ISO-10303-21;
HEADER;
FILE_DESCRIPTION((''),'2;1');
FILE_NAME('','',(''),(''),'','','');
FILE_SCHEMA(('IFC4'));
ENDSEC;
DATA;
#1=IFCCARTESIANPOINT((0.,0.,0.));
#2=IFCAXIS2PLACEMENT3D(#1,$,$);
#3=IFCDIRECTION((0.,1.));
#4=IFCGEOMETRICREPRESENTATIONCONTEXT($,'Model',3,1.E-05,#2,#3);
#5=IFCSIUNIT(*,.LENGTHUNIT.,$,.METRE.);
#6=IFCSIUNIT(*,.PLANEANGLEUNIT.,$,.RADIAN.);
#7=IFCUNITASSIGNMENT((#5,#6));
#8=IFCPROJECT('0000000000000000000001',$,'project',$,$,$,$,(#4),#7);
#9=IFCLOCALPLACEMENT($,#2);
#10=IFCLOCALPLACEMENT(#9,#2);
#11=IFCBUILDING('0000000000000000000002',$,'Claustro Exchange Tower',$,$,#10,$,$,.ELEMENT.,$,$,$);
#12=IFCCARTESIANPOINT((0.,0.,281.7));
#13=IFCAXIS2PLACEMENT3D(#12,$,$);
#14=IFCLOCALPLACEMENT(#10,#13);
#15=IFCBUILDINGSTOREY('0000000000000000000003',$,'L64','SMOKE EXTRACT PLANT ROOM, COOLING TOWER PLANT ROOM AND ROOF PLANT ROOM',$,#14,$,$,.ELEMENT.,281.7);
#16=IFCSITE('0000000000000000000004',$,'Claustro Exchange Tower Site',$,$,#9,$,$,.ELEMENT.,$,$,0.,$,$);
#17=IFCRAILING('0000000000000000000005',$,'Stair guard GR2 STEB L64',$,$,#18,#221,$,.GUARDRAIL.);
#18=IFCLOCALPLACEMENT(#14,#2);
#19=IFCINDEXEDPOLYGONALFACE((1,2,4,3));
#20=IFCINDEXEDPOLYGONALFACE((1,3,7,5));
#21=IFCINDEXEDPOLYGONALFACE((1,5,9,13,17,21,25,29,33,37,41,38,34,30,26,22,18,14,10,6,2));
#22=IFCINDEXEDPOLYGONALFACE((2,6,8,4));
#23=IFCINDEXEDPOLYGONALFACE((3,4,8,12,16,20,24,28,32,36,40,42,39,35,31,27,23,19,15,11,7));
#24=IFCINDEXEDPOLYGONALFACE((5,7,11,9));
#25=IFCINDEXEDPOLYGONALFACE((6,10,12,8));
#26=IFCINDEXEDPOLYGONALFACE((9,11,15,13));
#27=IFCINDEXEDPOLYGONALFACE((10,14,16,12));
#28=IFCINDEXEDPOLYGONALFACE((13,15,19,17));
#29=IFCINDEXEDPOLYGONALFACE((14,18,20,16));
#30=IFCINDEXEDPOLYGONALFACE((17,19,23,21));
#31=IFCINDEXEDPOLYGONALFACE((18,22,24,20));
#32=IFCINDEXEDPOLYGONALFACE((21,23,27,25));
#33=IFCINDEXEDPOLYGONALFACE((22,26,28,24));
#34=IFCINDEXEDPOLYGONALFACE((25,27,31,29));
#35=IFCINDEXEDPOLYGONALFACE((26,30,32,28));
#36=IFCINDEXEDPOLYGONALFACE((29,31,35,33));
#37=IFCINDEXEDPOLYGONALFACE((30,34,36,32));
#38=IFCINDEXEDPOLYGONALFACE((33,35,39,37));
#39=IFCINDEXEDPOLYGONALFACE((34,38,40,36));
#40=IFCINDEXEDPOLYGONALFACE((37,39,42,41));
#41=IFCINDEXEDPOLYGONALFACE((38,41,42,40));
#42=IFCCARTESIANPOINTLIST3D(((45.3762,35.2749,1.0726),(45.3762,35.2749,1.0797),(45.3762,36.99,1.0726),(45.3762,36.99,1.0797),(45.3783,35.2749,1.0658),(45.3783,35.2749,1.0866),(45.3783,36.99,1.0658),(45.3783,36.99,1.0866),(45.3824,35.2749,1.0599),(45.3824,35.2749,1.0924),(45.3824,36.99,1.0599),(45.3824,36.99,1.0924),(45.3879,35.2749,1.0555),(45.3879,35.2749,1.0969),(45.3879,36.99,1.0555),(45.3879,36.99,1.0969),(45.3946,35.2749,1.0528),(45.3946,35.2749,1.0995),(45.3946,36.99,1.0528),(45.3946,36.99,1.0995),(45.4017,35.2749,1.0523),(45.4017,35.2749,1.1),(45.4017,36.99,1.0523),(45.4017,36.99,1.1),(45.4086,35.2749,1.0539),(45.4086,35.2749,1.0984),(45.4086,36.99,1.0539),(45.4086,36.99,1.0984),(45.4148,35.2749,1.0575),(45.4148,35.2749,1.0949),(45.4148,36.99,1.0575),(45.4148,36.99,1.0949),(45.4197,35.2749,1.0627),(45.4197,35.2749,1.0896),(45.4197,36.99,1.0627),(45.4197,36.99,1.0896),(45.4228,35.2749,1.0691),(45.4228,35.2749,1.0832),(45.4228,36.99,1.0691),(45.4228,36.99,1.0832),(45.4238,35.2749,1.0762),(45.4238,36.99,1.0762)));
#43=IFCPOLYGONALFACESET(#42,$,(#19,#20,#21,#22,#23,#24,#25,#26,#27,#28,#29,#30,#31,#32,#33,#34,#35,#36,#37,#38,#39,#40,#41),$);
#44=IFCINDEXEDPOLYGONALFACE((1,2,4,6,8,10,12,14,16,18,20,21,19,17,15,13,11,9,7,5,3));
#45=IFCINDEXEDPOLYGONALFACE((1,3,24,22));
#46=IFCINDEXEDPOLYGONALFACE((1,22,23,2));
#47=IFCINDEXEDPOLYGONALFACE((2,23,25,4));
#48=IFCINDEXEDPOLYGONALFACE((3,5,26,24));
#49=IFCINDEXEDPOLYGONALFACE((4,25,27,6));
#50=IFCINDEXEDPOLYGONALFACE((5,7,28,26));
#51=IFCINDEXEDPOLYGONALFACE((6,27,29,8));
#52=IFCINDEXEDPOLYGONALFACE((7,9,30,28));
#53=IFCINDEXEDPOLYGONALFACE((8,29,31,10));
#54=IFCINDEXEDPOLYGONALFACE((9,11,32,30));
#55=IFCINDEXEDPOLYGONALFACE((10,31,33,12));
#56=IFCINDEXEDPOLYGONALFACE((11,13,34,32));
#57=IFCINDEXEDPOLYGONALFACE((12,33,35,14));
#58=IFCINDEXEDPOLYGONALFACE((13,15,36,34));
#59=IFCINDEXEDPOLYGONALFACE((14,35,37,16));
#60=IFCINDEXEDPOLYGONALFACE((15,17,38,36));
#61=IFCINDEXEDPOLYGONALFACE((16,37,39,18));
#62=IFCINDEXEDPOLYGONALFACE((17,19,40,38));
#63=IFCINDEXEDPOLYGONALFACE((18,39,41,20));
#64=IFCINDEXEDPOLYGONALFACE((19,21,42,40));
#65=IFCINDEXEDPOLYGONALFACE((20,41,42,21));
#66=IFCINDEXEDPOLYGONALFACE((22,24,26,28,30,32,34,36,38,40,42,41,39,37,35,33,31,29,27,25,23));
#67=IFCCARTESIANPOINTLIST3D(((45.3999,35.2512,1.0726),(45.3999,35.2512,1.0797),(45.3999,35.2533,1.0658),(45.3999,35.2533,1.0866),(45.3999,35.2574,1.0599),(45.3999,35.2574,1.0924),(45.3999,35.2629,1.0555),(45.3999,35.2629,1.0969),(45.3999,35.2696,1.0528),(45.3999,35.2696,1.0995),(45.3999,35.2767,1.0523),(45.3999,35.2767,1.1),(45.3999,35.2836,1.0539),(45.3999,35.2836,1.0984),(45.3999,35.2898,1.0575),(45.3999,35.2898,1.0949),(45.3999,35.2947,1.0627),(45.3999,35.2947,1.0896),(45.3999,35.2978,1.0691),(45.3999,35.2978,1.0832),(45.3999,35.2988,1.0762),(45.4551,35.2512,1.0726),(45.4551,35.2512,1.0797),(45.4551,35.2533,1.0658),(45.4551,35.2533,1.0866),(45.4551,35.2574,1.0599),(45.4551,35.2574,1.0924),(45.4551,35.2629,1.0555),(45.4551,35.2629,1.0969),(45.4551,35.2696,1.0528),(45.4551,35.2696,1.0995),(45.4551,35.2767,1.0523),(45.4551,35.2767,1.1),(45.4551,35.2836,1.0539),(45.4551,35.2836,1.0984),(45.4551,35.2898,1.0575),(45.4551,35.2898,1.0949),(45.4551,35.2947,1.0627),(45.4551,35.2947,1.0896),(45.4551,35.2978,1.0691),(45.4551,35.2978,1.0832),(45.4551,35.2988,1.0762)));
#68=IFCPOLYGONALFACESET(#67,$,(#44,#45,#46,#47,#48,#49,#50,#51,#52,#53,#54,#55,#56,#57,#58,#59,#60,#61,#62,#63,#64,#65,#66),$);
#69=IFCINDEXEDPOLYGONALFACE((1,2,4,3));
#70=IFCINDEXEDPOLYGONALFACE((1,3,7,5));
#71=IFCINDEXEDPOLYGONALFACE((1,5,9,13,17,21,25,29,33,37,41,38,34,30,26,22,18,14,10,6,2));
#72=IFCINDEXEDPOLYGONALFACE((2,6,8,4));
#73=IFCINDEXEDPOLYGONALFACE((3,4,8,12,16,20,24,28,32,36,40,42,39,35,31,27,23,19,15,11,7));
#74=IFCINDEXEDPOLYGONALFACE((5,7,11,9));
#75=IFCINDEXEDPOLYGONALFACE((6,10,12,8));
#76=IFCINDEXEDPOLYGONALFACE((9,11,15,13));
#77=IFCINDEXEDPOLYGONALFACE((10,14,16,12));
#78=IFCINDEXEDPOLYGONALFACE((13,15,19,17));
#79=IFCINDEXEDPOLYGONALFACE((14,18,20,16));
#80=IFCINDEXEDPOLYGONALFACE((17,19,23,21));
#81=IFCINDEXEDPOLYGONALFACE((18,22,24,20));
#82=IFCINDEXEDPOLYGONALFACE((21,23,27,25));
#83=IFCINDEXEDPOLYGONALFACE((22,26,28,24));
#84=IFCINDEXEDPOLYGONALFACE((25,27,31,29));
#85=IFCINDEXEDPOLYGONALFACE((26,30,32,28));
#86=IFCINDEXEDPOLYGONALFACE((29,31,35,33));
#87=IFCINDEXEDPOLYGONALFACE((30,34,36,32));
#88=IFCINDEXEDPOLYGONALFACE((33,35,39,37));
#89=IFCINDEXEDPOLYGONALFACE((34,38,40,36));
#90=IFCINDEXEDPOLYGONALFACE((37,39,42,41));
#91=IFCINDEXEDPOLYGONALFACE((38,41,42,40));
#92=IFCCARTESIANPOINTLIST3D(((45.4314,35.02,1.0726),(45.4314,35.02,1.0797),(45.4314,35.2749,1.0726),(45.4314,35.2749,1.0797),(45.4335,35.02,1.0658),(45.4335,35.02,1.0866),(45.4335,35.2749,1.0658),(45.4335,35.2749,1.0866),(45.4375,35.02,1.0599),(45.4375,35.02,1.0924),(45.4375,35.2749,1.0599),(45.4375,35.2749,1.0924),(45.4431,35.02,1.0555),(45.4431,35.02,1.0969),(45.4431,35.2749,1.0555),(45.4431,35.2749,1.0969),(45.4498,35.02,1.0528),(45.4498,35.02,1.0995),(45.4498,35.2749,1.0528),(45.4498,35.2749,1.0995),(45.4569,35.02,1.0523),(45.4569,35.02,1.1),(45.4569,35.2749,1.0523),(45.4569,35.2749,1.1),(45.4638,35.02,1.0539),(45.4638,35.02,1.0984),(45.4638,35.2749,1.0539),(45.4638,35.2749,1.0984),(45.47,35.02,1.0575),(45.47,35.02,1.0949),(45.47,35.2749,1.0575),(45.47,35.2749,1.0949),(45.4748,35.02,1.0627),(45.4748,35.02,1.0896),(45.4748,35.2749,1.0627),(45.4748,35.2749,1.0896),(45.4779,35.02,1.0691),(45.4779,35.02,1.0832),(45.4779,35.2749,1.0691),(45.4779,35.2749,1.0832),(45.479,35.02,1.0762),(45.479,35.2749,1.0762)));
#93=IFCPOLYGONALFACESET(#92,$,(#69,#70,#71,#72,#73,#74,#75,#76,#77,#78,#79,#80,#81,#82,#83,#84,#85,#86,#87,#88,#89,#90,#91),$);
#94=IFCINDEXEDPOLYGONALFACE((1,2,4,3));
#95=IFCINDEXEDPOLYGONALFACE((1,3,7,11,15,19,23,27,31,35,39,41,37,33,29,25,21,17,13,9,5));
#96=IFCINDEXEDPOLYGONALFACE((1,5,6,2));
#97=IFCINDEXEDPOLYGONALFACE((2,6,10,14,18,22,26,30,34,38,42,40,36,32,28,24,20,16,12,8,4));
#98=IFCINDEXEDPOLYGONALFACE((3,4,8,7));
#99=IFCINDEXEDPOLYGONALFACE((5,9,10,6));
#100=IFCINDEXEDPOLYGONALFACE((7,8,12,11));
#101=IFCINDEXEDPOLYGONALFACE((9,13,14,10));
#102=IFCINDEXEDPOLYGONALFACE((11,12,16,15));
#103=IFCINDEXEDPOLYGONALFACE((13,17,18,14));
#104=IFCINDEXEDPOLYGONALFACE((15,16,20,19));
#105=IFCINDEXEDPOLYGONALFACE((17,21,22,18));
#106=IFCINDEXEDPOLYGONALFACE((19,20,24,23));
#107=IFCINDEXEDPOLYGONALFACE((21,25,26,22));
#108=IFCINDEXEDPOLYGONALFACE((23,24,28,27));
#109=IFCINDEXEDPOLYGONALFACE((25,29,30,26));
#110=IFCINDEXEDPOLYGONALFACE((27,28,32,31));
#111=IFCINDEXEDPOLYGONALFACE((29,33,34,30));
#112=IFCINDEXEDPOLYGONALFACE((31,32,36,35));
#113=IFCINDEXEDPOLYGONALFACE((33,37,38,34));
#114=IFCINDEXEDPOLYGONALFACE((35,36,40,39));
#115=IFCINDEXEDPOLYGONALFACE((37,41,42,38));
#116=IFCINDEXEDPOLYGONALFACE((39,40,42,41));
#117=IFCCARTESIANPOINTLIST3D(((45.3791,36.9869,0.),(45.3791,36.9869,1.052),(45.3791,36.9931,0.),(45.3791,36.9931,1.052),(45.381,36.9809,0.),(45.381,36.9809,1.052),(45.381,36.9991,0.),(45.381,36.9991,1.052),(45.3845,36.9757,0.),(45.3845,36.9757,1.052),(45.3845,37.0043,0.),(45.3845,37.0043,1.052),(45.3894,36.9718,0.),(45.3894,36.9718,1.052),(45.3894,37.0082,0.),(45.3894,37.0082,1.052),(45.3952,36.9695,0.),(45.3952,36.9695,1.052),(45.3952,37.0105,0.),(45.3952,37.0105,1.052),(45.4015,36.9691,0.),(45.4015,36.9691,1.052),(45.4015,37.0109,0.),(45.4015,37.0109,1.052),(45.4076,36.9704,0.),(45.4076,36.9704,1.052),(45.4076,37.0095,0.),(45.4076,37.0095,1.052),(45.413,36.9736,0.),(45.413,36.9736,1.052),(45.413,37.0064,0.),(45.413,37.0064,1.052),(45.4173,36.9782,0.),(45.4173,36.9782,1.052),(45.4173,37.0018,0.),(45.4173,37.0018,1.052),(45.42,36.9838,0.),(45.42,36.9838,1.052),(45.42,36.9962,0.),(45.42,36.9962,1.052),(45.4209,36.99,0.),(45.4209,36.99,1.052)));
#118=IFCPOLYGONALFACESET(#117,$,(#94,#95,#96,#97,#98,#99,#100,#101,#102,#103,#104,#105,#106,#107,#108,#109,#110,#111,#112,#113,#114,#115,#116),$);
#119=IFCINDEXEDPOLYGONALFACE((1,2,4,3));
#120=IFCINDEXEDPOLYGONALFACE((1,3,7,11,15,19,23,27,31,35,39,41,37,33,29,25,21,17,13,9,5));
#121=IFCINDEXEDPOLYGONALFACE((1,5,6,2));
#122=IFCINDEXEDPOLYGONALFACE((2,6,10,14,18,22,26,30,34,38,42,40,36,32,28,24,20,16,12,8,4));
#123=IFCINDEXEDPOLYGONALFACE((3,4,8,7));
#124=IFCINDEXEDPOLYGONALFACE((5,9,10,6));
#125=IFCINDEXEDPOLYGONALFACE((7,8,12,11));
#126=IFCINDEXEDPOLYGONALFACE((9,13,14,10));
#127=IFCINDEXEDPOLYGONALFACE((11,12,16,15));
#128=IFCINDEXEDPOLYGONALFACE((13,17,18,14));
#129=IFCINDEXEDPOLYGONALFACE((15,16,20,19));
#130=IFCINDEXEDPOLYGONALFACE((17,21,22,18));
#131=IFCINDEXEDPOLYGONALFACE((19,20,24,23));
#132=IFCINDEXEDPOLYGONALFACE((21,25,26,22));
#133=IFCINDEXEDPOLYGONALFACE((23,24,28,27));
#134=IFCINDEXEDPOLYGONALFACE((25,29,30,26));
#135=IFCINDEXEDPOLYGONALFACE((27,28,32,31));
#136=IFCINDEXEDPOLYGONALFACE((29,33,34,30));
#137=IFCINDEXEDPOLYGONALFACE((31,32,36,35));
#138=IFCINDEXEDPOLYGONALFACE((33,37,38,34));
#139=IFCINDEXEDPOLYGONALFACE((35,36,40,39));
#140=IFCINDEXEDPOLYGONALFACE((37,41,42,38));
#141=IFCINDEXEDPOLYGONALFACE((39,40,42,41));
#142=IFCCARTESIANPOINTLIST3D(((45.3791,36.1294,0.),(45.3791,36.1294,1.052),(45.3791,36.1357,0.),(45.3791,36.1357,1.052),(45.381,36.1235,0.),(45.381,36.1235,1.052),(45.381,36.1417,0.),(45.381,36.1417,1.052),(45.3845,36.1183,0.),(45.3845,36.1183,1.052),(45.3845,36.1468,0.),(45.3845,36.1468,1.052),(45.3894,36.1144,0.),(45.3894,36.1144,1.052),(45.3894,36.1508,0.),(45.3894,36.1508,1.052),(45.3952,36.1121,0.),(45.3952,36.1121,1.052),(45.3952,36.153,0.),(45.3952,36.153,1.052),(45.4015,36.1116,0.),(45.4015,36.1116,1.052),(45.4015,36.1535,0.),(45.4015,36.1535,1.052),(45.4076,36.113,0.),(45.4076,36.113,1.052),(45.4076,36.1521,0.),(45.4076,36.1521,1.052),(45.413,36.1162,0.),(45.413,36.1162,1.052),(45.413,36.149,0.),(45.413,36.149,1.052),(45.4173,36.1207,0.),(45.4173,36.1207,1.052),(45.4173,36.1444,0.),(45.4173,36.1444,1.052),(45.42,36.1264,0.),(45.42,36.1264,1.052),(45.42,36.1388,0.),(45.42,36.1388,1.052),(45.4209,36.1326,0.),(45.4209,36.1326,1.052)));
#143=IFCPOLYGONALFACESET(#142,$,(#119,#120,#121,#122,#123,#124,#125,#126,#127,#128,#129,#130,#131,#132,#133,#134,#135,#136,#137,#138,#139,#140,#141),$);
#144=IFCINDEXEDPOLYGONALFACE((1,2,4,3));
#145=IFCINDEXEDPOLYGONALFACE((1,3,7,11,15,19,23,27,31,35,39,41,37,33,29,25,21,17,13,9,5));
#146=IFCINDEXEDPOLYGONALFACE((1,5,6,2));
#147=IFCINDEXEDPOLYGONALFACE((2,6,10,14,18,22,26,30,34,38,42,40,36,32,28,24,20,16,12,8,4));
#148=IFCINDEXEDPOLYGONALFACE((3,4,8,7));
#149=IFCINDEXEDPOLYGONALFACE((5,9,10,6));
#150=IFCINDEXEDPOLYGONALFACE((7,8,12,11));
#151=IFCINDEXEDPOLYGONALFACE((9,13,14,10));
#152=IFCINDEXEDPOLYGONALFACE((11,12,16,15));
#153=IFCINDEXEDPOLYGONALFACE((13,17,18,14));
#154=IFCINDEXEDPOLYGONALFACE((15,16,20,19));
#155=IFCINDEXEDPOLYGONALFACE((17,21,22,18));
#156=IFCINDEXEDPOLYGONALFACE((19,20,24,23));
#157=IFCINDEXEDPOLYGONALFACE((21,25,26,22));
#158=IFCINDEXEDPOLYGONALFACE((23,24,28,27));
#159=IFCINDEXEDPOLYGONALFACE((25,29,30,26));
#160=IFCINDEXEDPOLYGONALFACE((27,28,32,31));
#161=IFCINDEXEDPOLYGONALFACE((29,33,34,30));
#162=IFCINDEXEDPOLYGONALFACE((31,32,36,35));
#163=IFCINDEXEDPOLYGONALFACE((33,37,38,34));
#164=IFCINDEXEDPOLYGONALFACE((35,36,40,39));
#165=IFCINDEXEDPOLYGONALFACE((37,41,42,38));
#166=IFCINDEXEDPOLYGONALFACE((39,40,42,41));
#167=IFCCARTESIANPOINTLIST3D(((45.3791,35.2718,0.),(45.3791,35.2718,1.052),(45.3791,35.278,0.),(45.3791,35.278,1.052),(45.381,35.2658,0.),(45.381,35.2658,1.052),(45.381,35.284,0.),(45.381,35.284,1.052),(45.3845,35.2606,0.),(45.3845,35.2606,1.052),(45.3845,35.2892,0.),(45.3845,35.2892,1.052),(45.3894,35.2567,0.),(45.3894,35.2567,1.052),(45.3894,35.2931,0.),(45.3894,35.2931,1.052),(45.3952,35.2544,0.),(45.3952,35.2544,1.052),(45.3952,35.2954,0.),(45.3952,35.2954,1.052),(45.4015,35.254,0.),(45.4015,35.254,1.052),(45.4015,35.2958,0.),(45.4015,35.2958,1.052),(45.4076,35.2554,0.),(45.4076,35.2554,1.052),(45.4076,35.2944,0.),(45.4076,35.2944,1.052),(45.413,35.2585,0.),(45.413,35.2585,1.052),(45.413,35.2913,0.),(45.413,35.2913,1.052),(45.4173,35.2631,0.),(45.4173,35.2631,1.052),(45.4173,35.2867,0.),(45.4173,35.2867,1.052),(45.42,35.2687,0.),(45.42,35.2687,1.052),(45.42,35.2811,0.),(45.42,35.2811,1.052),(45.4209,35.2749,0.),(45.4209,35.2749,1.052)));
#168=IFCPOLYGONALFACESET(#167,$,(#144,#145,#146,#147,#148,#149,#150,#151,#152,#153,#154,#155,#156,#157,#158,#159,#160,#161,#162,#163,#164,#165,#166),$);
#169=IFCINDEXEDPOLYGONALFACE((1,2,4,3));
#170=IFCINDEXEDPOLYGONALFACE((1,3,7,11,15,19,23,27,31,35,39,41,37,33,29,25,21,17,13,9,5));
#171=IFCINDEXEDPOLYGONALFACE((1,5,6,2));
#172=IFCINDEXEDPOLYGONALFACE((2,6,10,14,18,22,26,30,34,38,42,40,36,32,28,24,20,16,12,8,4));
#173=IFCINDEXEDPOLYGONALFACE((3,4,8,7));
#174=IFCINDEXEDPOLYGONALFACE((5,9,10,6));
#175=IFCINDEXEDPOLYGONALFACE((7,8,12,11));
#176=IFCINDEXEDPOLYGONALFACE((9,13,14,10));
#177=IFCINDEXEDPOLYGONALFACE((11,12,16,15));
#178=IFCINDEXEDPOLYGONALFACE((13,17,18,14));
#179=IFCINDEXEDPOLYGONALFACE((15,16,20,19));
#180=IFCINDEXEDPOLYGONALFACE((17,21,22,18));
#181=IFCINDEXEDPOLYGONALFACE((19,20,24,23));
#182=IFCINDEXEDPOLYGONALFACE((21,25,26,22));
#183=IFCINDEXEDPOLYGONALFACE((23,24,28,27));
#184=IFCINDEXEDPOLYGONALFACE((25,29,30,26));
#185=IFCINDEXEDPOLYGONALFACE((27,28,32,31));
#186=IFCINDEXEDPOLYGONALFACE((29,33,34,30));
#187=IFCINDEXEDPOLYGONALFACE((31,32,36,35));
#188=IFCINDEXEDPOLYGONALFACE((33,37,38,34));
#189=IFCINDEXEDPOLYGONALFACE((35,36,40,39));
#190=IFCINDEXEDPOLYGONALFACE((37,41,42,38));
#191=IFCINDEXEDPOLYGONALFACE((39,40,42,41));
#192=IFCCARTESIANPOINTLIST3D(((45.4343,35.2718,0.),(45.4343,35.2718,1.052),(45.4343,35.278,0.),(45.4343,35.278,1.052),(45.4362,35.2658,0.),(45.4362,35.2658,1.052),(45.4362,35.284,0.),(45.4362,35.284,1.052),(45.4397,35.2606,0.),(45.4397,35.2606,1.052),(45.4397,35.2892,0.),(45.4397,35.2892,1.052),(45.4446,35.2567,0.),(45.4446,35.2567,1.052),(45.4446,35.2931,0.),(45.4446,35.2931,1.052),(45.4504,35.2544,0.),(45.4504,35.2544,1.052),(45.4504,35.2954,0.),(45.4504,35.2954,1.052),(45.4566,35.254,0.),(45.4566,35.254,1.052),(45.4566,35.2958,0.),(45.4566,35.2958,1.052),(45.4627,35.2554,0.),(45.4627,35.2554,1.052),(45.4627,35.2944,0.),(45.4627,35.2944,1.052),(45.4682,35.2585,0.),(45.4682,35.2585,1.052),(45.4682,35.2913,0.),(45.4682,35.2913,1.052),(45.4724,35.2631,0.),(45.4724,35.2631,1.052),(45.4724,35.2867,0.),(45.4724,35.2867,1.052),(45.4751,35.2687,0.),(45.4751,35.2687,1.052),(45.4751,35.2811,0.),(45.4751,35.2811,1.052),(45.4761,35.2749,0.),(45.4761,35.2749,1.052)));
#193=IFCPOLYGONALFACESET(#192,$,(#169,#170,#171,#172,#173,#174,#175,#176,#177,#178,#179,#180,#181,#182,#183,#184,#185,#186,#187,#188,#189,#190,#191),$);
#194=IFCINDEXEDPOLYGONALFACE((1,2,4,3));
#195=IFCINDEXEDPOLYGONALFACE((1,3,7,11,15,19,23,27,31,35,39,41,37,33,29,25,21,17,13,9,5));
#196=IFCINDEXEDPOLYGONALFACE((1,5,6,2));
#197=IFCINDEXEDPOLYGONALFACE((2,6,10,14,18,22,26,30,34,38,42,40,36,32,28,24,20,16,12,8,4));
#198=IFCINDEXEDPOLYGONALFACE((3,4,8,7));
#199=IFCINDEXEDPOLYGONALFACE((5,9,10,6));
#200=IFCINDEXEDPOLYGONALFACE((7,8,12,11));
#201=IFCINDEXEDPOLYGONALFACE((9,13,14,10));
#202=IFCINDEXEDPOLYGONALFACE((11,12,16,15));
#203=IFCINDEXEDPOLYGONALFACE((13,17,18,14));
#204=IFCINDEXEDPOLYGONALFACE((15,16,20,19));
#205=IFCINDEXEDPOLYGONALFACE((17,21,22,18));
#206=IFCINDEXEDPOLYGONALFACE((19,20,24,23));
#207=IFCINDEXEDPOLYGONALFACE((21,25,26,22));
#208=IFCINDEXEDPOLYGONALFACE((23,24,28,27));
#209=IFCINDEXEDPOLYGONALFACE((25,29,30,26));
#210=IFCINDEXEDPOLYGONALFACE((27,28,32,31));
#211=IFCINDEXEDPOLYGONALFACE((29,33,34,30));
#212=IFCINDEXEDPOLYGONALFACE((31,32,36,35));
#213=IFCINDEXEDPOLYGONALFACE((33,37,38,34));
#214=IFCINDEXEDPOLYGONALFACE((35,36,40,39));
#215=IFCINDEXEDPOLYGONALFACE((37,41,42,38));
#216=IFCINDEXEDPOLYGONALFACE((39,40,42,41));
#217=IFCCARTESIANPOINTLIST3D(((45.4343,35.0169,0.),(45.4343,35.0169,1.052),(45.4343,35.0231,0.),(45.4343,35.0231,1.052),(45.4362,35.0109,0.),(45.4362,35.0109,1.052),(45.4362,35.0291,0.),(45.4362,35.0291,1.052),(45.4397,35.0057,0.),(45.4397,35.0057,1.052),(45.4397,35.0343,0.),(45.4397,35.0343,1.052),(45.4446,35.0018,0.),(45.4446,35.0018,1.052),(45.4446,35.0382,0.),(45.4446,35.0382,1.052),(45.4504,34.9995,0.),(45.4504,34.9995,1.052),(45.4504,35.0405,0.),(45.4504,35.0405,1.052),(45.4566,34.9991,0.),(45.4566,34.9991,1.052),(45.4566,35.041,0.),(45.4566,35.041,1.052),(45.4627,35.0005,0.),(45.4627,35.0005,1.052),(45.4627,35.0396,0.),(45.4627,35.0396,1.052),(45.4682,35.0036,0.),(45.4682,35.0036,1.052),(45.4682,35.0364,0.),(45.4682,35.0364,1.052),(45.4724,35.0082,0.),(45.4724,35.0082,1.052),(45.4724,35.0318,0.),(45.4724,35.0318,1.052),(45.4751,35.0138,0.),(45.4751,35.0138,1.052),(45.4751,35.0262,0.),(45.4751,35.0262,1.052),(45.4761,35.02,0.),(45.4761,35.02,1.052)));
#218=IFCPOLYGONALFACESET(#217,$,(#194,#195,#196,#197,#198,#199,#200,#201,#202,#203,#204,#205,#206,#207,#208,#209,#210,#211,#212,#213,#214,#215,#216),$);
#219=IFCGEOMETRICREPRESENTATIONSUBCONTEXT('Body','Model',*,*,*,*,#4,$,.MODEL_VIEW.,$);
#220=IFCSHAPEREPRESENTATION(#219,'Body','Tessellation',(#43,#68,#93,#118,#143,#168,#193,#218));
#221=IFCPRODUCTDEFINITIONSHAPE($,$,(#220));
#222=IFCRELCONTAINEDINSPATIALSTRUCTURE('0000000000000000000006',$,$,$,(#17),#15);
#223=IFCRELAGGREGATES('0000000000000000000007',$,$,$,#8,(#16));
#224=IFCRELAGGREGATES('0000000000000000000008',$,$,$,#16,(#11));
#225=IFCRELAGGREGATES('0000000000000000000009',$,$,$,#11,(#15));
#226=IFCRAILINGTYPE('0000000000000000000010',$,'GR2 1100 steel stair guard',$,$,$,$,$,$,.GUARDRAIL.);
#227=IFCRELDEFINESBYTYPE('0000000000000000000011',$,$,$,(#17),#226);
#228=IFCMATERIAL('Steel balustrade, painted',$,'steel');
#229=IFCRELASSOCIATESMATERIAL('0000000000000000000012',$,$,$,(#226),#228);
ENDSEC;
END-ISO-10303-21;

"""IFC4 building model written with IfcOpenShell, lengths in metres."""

from ifc_helpers import new_model, si_unit, direction, frame, origin, origin_2d, place, context, subcontext, project, spatial, circle, extrude, material, type_object, element, save


model = new_model("IFC4")

# Units and contexts
model_context = context("Model", 3, precision=1e-05, world=origin(), true_north=direction((0.0, 1.0)))
body_context = subcontext(model_context, "Body", "Model", "MODEL_VIEW")
ifc_project = project(units=[si_unit("LENGTHUNIT", "METRE"), si_unit("PLANEANGLEUNIT", "RADIAN")], contexts=[model_context])

# Site, building, storey
site_placement = place(None, origin())
site = spatial("IfcSite", under=ifc_project, at=site_placement, Name="Claustro Exchange Tower Site", CompositionType="ELEMENT", RefElevation=0.0)
building_placement = place(site_placement, origin())
building = spatial("IfcBuilding", under=site, at=building_placement, Name="Claustro Exchange Tower", CompositionType="ELEMENT")
storey_placement = place(building_placement, frame((0.0, 0.0, 281.7)))
storey = spatial("IfcBuildingStorey", under=building, at=storey_placement, Name="L64", Description="SMOKE EXTRACT PLANT ROOM, COOLING TOWER PLANT ROOM AND ROOF PLANT ROOM", CompositionType="ELEMENT", Elevation=281.7)

# Railing
ifc_material_1 = material(Name="Steel balustrade, painted", Category="steel")
railing_type = type_object("IfcRailingType", Name="GR2 1100 steel stair guard", PredefinedType="GUARDRAIL", material=ifc_material_1)
railing_placement = place(storey_placement, frame((45.3999, 36.99, 0.0)))
element("IfcRailing", 1, at=railing_placement, inside=storey, type_object=railing_type, Name="Stair guard GR2 STEB L64", PredefinedType="GUARDRAIL", context=body_context, shape_type="SweptSolid", body=[
    extrude(circle(Radius=0.0239, at=origin_2d()), frame((0.0, 0.0, 1.0762), z_axis=(0.0, -1.0, 0.0), x_axis=(1.0, 0.0, 0.0)), (0.0, 0.0, 1.0), 1.7151),
    extrude(circle(Radius=0.0239, at=origin_2d()), frame((0.0, -1.7151, 1.0762), z_axis=(1.0, 0.0, 0.0), x_axis=(0.0, 1.0, 0.0)), (0.0, 0.0, 1.0), 0.0552),
    extrude(circle(Radius=0.0239, at=origin_2d()), frame((0.0552, -1.7151, 1.0762), z_axis=(0.0, -1.0, 0.0), x_axis=(1.0, 0.0, 0.0)), (0.0, 0.0, 1.0), 0.2549),
    extrude(circle(Radius=0.021, at=origin_2d()), origin(), (0.0, 0.0, 1.0), 1.052),
    extrude(circle(Radius=0.021, at=origin_2d()), frame((0.0, -0.8574, 0.0)), (0.0, 0.0, 1.0), 1.052),
    extrude(circle(Radius=0.021, at=origin_2d()), frame((0.0, -1.7151, 0.0)), (0.0, 0.0, 1.0), 1.052),
    extrude(circle(Radius=0.021, at=origin_2d()), frame((0.0552, -1.7151, 0.0)), (0.0, 0.0, 1.0), 1.052),
    extrude(circle(Radius=0.021, at=origin_2d()), frame((0.0552, -1.97, 0.0)), (0.0, 0.0, 1.0), 1.052),
])

save(model, "model.ifc")
